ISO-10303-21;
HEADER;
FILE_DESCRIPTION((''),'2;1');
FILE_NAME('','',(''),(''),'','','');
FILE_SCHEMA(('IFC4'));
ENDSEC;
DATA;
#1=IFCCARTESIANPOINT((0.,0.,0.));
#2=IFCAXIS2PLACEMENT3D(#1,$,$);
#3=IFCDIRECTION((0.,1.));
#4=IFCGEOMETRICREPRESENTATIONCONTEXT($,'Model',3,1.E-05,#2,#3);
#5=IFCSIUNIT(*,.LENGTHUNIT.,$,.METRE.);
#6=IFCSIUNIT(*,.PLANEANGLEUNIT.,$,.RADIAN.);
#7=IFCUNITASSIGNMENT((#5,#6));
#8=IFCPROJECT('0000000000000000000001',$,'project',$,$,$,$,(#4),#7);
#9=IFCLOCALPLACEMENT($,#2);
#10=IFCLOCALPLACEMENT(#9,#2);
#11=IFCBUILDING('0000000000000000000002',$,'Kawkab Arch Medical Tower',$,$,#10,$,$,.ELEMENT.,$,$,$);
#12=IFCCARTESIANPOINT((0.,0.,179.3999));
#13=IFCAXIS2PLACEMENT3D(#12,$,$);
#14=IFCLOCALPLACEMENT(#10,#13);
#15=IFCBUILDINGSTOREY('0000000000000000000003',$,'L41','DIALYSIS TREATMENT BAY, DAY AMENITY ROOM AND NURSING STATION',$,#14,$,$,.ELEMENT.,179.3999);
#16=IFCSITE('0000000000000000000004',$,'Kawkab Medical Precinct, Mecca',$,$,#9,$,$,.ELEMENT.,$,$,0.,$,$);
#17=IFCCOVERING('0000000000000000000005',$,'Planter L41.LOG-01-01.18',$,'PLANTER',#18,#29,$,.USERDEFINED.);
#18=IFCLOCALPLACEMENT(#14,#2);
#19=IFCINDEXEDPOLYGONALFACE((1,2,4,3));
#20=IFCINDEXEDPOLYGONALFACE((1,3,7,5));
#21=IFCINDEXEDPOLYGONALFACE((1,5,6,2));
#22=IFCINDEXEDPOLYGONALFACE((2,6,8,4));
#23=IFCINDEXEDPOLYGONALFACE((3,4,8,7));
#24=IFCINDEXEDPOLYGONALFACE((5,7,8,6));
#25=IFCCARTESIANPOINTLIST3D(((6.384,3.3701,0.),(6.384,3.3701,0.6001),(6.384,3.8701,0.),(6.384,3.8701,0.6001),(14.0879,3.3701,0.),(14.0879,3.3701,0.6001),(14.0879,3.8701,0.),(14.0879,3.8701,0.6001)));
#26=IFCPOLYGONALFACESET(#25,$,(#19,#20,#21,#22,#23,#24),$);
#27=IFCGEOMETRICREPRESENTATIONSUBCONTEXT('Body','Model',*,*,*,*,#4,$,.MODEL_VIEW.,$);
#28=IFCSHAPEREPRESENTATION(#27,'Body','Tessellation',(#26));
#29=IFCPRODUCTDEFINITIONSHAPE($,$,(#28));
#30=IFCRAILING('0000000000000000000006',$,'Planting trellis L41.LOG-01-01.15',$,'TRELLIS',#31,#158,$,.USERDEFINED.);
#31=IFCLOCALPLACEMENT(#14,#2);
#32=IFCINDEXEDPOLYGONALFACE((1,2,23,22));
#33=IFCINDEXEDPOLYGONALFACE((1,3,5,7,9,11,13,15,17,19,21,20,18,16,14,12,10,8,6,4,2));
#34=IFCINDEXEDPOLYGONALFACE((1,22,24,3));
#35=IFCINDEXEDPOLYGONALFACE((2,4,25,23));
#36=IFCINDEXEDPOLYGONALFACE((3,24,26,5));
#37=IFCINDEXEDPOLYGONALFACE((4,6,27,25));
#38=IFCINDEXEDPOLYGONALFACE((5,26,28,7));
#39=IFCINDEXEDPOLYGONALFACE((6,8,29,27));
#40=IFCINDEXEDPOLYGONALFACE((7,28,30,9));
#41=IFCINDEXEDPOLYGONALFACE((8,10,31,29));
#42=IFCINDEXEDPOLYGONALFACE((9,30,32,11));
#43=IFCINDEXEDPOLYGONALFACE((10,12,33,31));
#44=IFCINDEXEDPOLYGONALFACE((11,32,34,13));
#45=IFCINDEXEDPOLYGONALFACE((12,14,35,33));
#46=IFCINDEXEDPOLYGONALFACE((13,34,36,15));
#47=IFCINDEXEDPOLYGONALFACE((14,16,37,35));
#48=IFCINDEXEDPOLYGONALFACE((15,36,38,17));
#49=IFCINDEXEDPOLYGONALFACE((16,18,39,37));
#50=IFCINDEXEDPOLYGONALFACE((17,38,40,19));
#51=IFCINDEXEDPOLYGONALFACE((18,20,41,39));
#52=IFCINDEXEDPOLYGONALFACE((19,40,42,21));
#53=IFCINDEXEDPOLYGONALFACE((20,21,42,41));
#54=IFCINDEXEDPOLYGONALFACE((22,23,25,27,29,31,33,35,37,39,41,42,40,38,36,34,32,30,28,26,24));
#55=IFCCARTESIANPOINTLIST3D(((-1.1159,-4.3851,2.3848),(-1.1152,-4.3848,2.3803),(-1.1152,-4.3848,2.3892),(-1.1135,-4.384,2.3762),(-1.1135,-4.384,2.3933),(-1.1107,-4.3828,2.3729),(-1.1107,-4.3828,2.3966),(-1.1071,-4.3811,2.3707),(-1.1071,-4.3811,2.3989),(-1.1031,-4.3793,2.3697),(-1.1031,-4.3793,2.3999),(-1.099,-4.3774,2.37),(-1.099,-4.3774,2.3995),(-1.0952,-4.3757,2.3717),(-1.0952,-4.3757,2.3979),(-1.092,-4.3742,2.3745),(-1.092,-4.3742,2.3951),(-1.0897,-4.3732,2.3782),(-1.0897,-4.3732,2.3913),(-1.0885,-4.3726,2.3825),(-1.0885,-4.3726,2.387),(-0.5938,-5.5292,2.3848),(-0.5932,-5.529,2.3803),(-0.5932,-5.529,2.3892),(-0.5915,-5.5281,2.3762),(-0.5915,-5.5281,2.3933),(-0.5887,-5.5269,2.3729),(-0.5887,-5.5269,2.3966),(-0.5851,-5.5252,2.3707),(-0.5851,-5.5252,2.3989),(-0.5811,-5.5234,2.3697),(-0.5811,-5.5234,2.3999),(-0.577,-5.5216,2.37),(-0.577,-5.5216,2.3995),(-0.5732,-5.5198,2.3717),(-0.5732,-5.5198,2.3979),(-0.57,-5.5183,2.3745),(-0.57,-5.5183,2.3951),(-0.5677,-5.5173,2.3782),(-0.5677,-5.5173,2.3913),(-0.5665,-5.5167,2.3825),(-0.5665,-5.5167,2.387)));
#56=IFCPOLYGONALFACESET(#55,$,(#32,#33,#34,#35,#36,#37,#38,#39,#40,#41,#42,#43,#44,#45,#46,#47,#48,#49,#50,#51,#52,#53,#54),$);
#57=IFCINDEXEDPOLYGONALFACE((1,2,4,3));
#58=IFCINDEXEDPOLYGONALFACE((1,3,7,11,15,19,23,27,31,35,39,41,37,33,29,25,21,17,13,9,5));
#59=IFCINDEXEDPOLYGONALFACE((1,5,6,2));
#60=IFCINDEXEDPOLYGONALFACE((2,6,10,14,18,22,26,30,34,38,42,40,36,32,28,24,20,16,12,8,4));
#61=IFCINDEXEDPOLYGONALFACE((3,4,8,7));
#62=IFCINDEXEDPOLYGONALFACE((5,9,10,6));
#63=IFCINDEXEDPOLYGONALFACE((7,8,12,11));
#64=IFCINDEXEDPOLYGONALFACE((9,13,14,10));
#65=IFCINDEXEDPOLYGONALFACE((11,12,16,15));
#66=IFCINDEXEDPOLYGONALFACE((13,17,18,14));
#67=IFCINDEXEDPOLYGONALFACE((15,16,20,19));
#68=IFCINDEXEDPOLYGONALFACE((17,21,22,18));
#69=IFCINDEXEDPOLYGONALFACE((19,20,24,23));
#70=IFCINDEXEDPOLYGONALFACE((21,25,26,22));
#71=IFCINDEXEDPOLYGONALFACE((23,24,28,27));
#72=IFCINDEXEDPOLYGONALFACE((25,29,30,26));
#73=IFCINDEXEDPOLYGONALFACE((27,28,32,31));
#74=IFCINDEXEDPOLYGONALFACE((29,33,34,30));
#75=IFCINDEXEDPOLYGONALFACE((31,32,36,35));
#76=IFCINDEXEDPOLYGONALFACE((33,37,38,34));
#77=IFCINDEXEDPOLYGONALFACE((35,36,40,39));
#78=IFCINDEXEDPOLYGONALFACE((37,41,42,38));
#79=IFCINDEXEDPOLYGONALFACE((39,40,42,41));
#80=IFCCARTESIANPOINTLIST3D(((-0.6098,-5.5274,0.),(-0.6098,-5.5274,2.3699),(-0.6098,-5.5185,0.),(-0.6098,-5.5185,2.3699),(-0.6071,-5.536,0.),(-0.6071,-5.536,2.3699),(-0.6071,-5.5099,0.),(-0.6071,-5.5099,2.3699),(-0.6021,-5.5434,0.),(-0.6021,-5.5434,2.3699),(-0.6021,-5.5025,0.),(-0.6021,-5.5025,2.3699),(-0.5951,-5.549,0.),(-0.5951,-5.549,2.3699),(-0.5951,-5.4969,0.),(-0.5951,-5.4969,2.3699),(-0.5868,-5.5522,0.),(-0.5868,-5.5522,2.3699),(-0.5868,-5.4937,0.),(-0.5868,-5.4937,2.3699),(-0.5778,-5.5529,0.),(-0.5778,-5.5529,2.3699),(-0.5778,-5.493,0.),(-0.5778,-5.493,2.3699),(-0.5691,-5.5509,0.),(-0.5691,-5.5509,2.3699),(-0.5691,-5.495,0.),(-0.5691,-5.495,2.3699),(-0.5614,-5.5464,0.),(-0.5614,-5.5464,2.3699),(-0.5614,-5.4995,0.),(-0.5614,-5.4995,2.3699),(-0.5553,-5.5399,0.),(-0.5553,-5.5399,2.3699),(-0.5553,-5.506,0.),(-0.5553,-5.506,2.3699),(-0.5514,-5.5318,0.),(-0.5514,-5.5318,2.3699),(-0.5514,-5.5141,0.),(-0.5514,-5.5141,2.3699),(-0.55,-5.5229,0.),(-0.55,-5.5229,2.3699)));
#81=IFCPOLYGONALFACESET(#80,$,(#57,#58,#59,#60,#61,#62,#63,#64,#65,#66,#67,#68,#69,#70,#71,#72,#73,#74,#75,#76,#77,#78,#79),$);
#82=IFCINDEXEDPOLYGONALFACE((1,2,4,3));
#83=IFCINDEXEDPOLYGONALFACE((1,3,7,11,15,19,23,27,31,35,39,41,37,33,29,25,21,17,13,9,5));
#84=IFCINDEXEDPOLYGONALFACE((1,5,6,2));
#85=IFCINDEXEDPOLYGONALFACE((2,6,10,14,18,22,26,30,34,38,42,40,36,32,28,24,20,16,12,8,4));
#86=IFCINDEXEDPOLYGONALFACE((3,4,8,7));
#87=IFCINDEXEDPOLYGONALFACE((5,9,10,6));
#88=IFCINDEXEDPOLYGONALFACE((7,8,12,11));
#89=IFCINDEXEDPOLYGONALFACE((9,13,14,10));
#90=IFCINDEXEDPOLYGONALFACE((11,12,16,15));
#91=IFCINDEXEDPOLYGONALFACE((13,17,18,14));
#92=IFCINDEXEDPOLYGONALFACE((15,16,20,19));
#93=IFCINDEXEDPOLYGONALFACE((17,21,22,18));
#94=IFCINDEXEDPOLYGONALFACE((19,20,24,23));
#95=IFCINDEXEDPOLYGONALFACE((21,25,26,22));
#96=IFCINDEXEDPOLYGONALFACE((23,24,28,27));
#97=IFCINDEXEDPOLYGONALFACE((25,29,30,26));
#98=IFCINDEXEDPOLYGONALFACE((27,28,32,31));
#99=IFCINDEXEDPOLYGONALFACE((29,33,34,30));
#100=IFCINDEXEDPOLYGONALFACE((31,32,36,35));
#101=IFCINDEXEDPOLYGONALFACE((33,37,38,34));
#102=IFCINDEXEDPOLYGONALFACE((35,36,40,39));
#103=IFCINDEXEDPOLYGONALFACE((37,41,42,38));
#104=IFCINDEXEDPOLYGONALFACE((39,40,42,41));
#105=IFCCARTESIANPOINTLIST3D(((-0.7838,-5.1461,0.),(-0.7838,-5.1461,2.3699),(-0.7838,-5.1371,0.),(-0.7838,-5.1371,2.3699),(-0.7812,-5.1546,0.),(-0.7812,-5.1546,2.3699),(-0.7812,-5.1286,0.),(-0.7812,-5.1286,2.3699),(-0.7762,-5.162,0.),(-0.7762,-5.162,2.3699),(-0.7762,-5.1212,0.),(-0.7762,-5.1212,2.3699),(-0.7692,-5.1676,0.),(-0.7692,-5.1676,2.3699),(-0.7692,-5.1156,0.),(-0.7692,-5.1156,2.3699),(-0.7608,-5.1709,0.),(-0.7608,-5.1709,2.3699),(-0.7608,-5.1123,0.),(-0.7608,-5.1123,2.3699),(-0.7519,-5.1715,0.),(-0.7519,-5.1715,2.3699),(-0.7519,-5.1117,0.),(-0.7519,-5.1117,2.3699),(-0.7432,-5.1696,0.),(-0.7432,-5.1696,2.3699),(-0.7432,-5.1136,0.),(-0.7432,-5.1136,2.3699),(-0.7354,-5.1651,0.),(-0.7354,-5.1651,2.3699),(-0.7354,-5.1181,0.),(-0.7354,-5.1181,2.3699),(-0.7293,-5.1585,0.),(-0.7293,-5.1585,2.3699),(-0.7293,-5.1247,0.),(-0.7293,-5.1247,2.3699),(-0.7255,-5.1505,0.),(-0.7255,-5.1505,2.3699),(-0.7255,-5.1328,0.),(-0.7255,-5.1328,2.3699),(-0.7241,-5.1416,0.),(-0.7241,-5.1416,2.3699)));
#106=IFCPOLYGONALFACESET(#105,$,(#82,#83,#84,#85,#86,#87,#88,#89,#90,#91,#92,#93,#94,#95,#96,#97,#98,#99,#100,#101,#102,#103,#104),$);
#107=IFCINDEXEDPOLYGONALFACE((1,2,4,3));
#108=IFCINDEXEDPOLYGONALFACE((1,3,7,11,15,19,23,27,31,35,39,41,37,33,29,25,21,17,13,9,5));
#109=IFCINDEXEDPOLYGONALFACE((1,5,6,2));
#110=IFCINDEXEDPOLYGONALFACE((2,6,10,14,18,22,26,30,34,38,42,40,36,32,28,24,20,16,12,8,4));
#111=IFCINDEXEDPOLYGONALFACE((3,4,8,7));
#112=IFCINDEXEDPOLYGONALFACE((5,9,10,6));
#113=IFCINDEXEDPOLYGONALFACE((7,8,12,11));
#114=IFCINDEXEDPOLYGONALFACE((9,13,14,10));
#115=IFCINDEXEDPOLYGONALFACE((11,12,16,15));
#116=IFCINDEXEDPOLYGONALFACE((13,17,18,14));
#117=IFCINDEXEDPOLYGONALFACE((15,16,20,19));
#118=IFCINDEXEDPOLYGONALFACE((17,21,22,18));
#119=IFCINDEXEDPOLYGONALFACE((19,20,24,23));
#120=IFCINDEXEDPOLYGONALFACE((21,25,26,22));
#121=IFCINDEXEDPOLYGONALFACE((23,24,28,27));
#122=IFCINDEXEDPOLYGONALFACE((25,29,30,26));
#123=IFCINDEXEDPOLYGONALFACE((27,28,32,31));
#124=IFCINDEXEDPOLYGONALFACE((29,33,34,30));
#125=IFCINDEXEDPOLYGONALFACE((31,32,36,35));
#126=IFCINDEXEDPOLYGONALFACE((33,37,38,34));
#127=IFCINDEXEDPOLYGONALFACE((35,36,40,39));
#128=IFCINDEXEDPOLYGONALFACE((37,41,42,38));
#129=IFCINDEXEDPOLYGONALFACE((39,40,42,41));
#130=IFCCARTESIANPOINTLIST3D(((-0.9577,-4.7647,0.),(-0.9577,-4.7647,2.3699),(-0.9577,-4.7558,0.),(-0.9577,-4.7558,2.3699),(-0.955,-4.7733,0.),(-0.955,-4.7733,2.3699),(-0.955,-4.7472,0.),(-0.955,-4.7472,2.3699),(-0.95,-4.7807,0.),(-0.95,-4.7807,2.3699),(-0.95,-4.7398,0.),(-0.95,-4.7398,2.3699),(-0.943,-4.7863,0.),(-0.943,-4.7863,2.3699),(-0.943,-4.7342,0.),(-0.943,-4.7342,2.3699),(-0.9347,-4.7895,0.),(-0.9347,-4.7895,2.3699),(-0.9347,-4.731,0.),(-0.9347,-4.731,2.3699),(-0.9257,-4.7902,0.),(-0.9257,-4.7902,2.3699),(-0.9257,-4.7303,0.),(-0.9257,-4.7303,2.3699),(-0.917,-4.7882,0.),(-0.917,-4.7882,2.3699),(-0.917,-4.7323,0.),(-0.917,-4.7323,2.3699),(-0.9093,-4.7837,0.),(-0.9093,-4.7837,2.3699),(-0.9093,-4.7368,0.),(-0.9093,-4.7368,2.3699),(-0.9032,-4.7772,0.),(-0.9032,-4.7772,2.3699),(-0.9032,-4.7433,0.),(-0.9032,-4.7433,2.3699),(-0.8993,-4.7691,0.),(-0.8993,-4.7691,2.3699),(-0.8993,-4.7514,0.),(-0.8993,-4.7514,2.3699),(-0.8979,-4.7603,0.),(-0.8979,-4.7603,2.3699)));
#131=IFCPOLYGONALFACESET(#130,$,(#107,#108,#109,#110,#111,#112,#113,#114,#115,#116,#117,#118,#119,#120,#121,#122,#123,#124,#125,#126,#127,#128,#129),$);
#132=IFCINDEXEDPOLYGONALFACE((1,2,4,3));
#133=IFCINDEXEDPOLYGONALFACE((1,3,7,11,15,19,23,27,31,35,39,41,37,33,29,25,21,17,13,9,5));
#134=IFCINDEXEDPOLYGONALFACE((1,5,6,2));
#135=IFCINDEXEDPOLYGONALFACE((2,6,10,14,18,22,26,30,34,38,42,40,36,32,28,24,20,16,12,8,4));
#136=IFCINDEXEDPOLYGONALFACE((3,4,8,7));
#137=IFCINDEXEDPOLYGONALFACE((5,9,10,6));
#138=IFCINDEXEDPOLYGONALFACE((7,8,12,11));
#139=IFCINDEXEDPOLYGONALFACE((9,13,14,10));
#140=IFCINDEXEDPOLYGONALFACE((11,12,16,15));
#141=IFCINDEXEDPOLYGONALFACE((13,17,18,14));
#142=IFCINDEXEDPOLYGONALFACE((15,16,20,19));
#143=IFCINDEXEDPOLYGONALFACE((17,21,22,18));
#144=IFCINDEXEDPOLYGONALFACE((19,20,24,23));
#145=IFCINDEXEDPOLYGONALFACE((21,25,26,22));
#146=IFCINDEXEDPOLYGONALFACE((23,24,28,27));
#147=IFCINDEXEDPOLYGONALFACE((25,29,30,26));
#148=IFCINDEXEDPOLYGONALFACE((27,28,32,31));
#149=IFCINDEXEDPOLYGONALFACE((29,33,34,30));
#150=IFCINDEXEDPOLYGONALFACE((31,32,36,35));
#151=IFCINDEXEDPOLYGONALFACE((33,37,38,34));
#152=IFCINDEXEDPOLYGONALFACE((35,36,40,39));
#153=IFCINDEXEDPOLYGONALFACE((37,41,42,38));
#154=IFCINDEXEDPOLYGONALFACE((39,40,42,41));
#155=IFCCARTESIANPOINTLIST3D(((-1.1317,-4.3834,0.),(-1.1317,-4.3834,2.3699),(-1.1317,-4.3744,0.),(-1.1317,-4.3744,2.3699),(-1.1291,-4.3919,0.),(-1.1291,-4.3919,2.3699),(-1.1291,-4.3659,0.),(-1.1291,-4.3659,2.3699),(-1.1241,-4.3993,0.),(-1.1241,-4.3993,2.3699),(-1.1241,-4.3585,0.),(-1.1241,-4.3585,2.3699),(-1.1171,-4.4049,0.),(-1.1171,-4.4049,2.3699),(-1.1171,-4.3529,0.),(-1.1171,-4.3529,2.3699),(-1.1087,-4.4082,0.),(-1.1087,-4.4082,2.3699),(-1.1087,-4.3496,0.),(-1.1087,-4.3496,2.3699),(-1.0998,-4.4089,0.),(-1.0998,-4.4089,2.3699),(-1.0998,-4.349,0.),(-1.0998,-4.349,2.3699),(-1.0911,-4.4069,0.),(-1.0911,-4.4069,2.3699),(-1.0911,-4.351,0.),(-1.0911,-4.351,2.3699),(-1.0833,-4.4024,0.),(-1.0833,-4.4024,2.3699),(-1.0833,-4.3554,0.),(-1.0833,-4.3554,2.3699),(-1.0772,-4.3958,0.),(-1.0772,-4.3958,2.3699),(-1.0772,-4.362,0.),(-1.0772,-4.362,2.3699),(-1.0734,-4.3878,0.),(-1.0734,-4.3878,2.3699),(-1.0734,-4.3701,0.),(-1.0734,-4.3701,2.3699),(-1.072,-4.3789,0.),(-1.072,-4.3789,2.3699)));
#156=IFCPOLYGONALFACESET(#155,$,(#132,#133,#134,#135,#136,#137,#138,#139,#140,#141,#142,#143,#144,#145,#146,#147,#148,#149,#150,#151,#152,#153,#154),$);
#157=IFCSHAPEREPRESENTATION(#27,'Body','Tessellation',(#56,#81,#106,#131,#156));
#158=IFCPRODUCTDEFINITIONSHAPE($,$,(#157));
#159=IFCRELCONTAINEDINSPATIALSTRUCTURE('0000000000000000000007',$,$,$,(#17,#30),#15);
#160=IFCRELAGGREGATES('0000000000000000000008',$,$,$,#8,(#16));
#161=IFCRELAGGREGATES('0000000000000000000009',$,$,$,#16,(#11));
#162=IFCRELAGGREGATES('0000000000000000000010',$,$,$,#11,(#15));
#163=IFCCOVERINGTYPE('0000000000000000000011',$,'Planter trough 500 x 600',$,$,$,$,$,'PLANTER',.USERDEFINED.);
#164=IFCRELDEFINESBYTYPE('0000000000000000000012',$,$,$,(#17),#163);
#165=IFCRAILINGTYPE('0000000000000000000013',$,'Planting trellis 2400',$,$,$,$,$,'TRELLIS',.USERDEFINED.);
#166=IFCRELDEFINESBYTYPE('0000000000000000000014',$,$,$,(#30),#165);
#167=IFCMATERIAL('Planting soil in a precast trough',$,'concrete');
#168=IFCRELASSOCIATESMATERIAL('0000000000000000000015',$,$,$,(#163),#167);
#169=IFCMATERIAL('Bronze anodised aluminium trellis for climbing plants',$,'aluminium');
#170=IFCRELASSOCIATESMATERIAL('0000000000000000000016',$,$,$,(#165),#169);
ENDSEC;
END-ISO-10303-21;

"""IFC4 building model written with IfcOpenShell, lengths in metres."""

from ifc_helpers import new_model, si_unit, direction, frame, origin, origin_2d, place, context, subcontext, project, spatial, rectangle, circle, extrude, material, material_profile, profile_set, type_object, element, save


model = new_model("IFC4")

# Units and contexts
model_context = context("Model", 3, precision=1e-05, world=origin(), true_north=direction((0.0, 1.0)))
body_context = subcontext(model_context, "Body", "Model", "MODEL_VIEW")
ifc_project = project(units=[si_unit("LENGTHUNIT", "METRE"), si_unit("PLANEANGLEUNIT", "RADIAN")], contexts=[model_context])

# Site, building, storey
site_placement = place(None, origin())
site = spatial("IfcSite", under=ifc_project, at=site_placement, Name="Kawkab Medical Precinct, Mecca", CompositionType="ELEMENT", RefElevation=0.0)
building_placement = place(site_placement, origin())
building = spatial("IfcBuilding", under=site, at=building_placement, Name="Kawkab Arch Medical Tower", CompositionType="ELEMENT")
storey_placement = place(building_placement, frame((0.0, 0.0, 179.3999)))
storey = spatial("IfcBuildingStorey", under=building, at=storey_placement, Name="L41", Description="DIALYSIS TREATMENT BAY, DAY AMENITY ROOM AND NURSING STATION", CompositionType="ELEMENT", Elevation=179.3999)

# Covering
ifc_material_1 = material(Name="Planting soil in a precast trough", Category="concrete")
ifc_material_profile_1 = material_profile(ifc_material_1, rectangle(XDim=0.5, YDim=0.6001, at=origin_2d()), Name="Trough 500x600")
ifc_profile_set_1 = profile_set([ifc_material_profile_1], Name="Planting soil in a precast trough")
covering_type = type_object("IfcCoveringType", Name="Planter trough 500 x 600", ElementType="PLANTER", PredefinedType="USERDEFINED", material=ifc_profile_set_1)
covering_1_placement = place(storey_placement, frame((6.384, 3.6201, 0.3), z_axis=(1.0, 0.0, 0.0), x_axis=(0.0, 1.0, 0.0)))
element("IfcCovering", 1, at=covering_1_placement, inside=storey, type_object=covering_type, Name="Planter L41.LOG-01-01.18", ObjectType="PLANTER", PredefinedType="USERDEFINED", context=body_context, shape_type="SweptSolid", body=[
    extrude(rectangle(XDim=0.5, YDim=0.6001, at=origin_2d()), origin(), (0.0, 0.0, 1.0), 7.7039),
])

# Railing
ifc_material_2 = material(Name="Bronze anodised aluminium trellis for climbing plants", Category="aluminium")
railing_type = type_object("IfcRailingType", Name="Planting trellis 2400", ElementType="TRELLIS", PredefinedType="USERDEFINED", material=ifc_material_2)
railing_1_placement = place(storey_placement, frame((-0.5801, -5.5229, 0.0)))
element("IfcRailing", 2, at=railing_1_placement, inside=storey, type_object=railing_type, Name="Planting trellis L41.LOG-01-01.15", ObjectType="TRELLIS", PredefinedType="USERDEFINED", context=body_context, shape_type="SweptSolid", body=[
    extrude(circle(Radius=0.0151, at=origin_2d()), frame((0.0, 0.0, 2.3848), z_axis=(-0.41509, 0.90978, 0.0), x_axis=(-0.90978, -0.41509, 0.0)), (0.0, 0.0, 1.0), 1.2576),
    extrude(circle(Radius=0.03, at=origin_2d()), origin(), (0.0, 0.0, 1.0), 2.3699),
    extrude(circle(Radius=0.03, at=origin_2d()), frame((-0.1741, 0.3813, 0.0)), (0.0, 0.0, 1.0), 2.3699),
    extrude(circle(Radius=0.03, at=origin_2d()), frame((-0.3479, 0.7627, 0.0)), (0.0, 0.0, 1.0), 2.3699),
    extrude(circle(Radius=0.03, at=origin_2d()), frame((-0.522, 1.144, 0.0)), (0.0, 0.0, 1.0), 2.3699),
])

save(model, "model.ifc")
